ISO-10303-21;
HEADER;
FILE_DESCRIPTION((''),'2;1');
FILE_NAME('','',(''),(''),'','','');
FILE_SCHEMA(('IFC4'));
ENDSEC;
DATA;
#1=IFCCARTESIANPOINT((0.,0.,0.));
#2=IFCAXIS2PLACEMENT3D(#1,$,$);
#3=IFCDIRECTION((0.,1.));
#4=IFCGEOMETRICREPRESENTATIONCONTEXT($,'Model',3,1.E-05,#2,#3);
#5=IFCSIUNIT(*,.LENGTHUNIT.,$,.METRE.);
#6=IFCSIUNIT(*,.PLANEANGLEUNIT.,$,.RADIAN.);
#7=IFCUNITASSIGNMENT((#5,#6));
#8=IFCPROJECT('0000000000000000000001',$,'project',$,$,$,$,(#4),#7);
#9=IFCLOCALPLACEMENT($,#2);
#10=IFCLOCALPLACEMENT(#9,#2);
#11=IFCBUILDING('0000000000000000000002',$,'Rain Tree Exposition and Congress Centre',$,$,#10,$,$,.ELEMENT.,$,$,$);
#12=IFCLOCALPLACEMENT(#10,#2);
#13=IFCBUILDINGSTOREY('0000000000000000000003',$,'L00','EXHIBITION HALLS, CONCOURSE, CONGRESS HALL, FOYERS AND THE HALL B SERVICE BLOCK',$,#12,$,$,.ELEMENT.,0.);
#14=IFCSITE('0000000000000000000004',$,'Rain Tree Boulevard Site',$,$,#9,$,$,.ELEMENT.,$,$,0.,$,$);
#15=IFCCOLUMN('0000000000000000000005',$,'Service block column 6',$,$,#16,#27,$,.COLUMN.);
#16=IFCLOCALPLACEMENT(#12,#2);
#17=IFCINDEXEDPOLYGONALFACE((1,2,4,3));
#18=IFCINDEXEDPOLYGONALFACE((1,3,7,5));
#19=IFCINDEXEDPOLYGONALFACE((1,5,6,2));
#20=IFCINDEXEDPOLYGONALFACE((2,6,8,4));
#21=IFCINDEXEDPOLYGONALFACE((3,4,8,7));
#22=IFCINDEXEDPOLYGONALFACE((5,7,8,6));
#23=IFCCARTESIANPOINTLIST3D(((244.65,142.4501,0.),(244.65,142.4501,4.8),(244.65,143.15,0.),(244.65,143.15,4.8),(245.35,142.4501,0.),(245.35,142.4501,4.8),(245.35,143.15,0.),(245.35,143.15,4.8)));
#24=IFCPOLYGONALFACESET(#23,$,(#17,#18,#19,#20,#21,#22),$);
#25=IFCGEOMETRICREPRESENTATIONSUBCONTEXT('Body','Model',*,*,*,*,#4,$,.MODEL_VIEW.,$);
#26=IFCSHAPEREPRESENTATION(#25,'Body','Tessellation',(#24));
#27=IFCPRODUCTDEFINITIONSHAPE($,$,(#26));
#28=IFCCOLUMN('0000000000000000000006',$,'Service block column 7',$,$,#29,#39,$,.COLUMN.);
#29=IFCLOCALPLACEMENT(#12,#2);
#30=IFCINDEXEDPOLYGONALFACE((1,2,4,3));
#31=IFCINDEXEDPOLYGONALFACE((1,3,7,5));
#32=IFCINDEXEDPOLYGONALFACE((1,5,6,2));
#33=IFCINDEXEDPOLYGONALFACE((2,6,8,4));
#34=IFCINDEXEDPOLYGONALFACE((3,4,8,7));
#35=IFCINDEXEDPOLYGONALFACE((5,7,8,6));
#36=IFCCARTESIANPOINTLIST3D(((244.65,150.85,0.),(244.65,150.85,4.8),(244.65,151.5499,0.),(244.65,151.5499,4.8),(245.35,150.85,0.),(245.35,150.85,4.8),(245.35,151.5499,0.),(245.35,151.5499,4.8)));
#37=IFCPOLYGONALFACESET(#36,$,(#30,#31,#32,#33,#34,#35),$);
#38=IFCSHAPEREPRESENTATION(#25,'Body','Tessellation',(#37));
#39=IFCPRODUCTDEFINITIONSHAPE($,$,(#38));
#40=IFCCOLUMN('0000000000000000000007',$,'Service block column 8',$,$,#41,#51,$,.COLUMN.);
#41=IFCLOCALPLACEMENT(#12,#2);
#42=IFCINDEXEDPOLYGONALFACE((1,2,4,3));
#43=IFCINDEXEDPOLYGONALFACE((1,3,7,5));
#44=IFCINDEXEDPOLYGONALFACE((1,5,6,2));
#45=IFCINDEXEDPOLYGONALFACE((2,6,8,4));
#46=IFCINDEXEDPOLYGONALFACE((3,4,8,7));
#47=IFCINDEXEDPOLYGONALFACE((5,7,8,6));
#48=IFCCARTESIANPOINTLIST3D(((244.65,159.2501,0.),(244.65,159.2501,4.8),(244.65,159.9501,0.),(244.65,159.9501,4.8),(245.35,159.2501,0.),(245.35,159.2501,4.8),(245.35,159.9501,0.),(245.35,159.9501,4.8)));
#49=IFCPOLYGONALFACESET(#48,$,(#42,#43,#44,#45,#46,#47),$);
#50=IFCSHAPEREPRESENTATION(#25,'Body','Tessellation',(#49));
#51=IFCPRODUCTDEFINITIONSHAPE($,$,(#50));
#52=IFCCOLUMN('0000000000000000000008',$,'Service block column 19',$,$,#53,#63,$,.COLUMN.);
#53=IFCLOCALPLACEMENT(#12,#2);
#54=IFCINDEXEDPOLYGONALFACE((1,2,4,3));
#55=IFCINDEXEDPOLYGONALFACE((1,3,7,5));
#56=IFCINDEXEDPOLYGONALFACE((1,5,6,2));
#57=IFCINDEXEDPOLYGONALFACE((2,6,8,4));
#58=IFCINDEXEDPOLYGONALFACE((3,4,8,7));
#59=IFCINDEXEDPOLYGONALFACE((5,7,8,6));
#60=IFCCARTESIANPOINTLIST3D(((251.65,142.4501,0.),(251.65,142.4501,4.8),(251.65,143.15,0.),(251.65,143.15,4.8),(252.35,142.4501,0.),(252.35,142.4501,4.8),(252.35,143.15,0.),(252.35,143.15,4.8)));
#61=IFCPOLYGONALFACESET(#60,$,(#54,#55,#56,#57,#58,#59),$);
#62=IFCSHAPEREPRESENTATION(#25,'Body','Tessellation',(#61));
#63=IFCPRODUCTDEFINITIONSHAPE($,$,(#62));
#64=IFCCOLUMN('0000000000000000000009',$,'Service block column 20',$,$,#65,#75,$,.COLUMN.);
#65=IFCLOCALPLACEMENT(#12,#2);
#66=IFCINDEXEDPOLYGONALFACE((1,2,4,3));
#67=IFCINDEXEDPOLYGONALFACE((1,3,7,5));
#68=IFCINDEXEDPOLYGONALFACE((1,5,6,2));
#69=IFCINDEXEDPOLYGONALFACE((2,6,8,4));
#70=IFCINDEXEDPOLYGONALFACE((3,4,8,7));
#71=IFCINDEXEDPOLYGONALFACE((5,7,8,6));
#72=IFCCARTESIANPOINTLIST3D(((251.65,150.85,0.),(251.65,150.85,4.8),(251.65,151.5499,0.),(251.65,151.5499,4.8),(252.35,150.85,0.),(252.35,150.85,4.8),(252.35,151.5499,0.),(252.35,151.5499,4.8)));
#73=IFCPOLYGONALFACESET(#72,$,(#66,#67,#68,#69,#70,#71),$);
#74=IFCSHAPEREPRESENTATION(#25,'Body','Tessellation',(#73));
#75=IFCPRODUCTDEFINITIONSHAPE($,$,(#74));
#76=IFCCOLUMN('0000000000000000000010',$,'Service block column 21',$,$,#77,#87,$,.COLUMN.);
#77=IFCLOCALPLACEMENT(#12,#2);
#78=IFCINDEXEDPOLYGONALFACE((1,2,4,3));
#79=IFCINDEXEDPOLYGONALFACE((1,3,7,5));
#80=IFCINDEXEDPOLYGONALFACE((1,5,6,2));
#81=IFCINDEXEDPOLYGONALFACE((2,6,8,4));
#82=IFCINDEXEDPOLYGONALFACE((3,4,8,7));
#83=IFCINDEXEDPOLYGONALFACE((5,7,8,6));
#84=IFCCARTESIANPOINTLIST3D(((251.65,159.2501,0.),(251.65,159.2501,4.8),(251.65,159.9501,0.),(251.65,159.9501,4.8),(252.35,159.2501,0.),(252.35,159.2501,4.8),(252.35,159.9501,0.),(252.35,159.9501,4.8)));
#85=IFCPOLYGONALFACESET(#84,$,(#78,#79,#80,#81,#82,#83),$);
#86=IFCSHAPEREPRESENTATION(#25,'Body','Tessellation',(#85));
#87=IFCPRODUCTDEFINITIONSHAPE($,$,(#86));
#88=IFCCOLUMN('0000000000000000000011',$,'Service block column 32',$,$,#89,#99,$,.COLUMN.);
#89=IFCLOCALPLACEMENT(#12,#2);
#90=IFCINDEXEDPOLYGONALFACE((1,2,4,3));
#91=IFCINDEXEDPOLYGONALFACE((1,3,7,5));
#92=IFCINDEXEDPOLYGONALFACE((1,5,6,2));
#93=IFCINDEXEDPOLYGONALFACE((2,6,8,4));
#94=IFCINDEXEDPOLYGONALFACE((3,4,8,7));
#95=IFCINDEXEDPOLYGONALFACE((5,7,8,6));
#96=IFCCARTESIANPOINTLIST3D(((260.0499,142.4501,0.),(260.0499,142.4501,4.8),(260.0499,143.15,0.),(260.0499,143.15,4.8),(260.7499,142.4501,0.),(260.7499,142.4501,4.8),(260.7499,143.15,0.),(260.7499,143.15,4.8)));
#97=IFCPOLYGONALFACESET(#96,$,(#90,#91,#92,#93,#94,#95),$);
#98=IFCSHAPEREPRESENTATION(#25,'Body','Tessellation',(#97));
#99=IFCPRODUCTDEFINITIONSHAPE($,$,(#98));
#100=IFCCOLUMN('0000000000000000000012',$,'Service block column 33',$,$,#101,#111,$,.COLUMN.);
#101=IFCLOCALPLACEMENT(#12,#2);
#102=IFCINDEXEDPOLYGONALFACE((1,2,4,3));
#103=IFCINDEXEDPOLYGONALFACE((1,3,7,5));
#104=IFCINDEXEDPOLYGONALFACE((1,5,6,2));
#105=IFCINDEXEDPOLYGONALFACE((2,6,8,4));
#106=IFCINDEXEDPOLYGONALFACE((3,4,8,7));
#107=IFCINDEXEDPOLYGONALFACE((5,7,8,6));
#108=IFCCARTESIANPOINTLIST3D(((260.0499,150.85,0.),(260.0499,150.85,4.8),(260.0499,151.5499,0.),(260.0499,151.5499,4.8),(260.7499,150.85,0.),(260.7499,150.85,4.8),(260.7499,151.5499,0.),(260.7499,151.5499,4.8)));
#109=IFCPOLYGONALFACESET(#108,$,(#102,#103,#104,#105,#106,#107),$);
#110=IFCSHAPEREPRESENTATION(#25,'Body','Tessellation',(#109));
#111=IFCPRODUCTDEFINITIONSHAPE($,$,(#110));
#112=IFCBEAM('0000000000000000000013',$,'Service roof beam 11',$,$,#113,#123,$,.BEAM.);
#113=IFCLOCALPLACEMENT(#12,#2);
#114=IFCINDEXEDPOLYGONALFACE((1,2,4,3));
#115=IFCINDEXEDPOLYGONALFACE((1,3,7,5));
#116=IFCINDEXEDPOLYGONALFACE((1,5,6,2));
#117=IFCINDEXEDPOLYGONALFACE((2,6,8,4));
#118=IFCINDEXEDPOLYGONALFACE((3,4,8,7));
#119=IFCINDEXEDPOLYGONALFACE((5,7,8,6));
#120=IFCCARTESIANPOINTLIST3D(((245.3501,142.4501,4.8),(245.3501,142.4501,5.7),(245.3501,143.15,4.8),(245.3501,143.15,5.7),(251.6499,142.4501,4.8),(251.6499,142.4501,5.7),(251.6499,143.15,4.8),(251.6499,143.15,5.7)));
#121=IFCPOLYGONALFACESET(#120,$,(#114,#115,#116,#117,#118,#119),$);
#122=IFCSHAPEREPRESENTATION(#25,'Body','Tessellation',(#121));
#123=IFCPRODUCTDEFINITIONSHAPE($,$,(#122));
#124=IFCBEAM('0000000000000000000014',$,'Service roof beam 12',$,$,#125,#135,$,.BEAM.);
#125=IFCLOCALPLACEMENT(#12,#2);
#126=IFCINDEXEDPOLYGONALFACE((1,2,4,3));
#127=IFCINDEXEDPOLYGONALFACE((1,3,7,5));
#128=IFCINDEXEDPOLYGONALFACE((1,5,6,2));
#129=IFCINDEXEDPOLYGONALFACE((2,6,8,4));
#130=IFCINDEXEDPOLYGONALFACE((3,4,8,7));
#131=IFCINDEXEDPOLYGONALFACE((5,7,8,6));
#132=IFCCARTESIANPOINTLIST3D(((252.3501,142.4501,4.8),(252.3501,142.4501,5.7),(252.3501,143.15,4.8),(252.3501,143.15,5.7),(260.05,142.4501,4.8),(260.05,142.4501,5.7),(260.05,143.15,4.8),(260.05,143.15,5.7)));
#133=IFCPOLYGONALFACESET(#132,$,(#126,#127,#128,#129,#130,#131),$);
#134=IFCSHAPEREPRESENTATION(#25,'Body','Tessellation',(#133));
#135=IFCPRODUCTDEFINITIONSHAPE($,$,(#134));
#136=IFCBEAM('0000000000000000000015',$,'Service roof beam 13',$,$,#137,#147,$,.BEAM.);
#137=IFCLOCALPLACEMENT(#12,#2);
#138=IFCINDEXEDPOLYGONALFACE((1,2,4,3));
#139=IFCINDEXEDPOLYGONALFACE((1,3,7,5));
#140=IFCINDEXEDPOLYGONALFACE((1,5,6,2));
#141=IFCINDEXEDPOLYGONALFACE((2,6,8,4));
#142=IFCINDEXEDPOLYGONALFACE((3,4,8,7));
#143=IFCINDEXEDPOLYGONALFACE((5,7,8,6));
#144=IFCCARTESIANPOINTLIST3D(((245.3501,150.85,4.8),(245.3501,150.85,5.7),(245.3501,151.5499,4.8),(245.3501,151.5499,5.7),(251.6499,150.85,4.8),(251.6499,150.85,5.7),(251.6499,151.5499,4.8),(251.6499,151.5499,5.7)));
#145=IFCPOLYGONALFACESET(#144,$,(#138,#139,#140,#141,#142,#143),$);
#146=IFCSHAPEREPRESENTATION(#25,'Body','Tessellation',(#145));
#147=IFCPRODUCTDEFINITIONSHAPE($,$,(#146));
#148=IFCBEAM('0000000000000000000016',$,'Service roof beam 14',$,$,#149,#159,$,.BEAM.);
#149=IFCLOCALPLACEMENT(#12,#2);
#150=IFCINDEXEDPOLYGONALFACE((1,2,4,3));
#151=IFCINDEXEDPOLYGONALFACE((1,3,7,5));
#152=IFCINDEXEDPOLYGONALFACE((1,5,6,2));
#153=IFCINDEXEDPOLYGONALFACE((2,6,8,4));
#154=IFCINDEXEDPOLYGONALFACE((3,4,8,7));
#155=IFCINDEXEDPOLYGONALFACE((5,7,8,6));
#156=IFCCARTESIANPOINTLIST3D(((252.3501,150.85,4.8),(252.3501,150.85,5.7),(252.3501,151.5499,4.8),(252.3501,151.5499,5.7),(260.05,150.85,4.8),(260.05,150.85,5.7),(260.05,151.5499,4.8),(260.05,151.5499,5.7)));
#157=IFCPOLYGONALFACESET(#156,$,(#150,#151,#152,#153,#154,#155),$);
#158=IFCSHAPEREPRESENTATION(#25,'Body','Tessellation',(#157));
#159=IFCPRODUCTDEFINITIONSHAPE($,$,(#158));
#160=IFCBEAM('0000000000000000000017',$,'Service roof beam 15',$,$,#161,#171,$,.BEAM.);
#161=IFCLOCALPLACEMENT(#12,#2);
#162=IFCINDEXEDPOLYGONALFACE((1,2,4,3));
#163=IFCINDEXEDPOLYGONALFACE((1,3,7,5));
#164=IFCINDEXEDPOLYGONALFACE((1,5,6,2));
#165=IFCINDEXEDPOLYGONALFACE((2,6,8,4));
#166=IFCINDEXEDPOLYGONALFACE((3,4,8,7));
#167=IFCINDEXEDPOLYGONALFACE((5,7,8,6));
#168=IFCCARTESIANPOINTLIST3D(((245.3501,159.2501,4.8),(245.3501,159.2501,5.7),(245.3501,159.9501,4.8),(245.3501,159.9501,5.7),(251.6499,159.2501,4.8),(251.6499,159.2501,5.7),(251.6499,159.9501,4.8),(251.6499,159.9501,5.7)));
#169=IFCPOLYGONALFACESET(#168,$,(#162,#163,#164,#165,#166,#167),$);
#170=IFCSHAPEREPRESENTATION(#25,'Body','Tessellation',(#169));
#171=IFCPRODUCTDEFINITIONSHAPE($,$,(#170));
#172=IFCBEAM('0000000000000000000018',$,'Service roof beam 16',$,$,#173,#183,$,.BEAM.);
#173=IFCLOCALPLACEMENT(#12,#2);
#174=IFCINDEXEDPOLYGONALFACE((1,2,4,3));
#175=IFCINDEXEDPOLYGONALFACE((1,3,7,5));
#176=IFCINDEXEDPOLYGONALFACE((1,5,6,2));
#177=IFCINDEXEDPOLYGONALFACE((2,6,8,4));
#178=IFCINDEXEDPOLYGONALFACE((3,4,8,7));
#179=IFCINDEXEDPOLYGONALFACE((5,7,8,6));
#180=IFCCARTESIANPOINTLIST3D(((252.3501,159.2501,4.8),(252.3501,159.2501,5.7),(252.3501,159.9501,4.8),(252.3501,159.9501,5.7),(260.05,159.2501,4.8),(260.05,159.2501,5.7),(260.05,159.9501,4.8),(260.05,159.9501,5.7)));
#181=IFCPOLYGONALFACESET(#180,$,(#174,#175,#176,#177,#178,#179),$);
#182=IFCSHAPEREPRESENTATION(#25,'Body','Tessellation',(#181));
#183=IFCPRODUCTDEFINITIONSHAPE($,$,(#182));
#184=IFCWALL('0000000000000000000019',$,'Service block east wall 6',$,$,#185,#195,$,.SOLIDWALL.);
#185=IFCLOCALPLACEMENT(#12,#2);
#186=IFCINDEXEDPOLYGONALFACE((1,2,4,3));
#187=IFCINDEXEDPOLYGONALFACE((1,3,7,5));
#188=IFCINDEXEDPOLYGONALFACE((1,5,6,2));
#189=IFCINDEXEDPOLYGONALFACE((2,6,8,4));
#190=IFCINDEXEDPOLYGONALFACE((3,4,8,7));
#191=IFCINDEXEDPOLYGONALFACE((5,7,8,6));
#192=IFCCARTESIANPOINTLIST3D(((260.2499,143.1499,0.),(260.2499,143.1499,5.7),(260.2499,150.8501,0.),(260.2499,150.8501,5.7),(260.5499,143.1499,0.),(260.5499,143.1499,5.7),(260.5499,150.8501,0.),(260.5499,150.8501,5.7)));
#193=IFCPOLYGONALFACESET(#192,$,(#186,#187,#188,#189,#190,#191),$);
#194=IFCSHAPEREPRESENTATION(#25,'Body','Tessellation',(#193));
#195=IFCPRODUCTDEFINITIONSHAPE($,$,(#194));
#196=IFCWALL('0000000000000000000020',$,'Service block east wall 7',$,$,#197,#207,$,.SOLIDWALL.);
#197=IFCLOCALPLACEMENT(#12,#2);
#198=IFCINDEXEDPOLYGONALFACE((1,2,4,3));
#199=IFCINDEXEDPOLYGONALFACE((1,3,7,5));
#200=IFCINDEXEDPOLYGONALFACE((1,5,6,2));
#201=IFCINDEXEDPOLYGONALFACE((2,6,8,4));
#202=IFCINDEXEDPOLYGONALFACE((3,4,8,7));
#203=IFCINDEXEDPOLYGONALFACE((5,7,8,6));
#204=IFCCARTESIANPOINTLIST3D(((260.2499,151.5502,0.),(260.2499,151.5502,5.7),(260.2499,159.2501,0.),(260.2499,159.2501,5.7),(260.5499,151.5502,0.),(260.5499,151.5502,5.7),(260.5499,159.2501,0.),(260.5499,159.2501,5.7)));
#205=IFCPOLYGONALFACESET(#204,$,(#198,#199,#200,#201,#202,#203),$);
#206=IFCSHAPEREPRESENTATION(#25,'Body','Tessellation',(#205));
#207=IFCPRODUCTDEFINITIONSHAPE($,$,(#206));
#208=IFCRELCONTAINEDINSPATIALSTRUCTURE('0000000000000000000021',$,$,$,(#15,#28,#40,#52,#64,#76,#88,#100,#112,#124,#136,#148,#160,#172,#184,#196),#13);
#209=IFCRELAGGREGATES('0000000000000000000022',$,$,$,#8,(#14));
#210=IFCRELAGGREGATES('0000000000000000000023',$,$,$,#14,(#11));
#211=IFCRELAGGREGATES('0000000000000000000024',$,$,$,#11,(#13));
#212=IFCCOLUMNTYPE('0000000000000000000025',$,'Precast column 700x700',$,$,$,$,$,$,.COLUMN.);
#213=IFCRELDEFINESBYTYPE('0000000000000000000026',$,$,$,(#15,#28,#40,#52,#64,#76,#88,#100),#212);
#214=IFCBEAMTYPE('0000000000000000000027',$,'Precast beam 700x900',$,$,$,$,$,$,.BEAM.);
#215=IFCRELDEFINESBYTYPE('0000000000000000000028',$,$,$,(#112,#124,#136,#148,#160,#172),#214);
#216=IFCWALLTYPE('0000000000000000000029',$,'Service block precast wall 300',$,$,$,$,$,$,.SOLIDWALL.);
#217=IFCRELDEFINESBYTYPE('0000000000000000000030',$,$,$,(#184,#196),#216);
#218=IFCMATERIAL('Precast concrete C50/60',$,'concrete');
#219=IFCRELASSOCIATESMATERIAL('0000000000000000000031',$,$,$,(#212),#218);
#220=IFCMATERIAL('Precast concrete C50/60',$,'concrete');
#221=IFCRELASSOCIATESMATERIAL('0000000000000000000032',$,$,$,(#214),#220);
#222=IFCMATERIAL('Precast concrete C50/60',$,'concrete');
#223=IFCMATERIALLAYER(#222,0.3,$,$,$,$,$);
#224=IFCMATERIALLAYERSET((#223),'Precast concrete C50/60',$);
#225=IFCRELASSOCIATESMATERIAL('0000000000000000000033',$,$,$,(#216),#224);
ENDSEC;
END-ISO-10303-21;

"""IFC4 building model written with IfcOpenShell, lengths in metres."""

from ifc_helpers import new_model, si_unit, direction, frame, frame_2d, origin, origin_2d, place, context, subcontext, project, spatial, rectangle, extrude, material, layer, layer_set, material_profile, profile_set, type_object, element, save


model = new_model("IFC4")

# Units and contexts
model_context = context("Model", 3, precision=1e-05, world=origin(), true_north=direction((0.0, 1.0)))
body_context = subcontext(model_context, "Body", "Model", "MODEL_VIEW")
ifc_project = project(units=[si_unit("LENGTHUNIT", "METRE"), si_unit("PLANEANGLEUNIT", "RADIAN")], contexts=[model_context])

# Site, building, storey
site_placement = place(None, origin())
site = spatial("IfcSite", under=ifc_project, at=site_placement, Name="Rain Tree Boulevard Site", CompositionType="ELEMENT", RefElevation=0.0)
building_placement = place(site_placement, origin())
building = spatial("IfcBuilding", under=site, at=building_placement, Name="Rain Tree Exposition and Congress Centre", CompositionType="ELEMENT")
storey_placement = place(building_placement, origin())
storey = spatial("IfcBuildingStorey", under=building, at=storey_placement, Name="L00", Description="EXHIBITION HALLS, CONCOURSE, CONGRESS HALL, FOYERS AND THE HALL B SERVICE BLOCK", CompositionType="ELEMENT", Elevation=0.0)

# Columns
ifc_material_1 = material(Name="Precast concrete C50/60", Category="concrete")
ifc_material_profile_1 = material_profile(ifc_material_1, rectangle(XDim=0.7, YDim=0.7, at=origin_2d()), Name="RC 700x700")
ifc_profile_set_1 = profile_set([ifc_material_profile_1], Name="Precast concrete C50/60")
column_type = type_object("IfcColumnType", Name="Precast column 700x700", PredefinedType="COLUMN", material=ifc_profile_set_1)
for number, where, z_axis, x_axis, name in (
    (1, (245.0, 142.8, 0.0), (0.0, 0.0, 1.0), (1.0, 0.0, 0.0), "Service block column 6"),
    (2, (245.0, 151.2, 0.0), (0.0, 0.0, 1.0), (1.0, 0.0, 0.0), "Service block column 7"),
    (3, (245.0, 159.6001, 0.0), (0.0, 0.0, 1.0), (1.0, 0.0, 0.0), "Service block column 8"),
    (4, (252.0, 142.8, 0.0), (0.0, 0.0, 1.0), (1.0, 0.0, 0.0), "Service block column 19"),
    (5, (252.0, 151.2, 0.0), (0.0, 0.0, 1.0), (1.0, 0.0, 0.0), "Service block column 20"),
    (6, (252.0, 159.6001, 0.0), (0.0, 0.0, 1.0), (1.0, 0.0, 0.0), "Service block column 21"),
    (7, (260.3999, 142.8, 0.0), (0.0, 0.0, 1.0), (1.0, 0.0, 0.0), "Service block column 32"),
    (8, (260.3999, 151.2, 0.0), (0.0, 0.0, 1.0), (1.0, 0.0, 0.0), "Service block column 33"),
):
    element("IfcColumn", number, at=place(storey_placement, frame(where, z_axis=z_axis, x_axis=x_axis)), inside=storey, type_object=column_type, Name=name, PredefinedType="COLUMN", context=body_context, shape_type="SweptSolid", body=[
        extrude(rectangle(XDim=0.7, YDim=0.7, at=origin_2d()), origin(), (0.0, 0.0, 1.0), 4.8),
    ])

# Beams
ifc_material_2 = material(Name="Precast concrete C50/60", Category="concrete")
ifc_material_profile_2 = material_profile(ifc_material_2, rectangle(XDim=0.7, YDim=0.8999, at=origin_2d()), Name="RC 700x900")
ifc_profile_set_2 = profile_set([ifc_material_profile_2], Name="Precast concrete C50/60")
beam_type = type_object("IfcBeamType", Name="Precast beam 700x900", PredefinedType="BEAM", material=ifc_profile_set_2)
beam_1_placement = place(storey_placement, frame((245.3501, 142.8, 5.25), z_axis=(1.0, 0.0, 0.0), x_axis=(0.0, 1.0, 0.0)))
element("IfcBeam", 9, at=beam_1_placement, inside=storey, type_object=beam_type, Name="Service roof beam 11", PredefinedType="BEAM", context=body_context, shape_type="SweptSolid", body=[
    extrude(rectangle(XDim=0.7, YDim=0.8999, at=origin_2d()), origin(), (0.0, 0.0, 1.0), 6.2998),
])
beam_2_placement = place(storey_placement, frame((252.3501, 142.8, 5.25), z_axis=(1.0, 0.0, 0.0), x_axis=(0.0, 1.0, 0.0)))
element("IfcBeam", 10, at=beam_2_placement, inside=storey, type_object=beam_type, Name="Service roof beam 12", PredefinedType="BEAM", context=body_context, shape_type="SweptSolid", body=[
    extrude(rectangle(XDim=0.7, YDim=0.8999, at=origin_2d()), origin(), (0.0, 0.0, 1.0), 7.7),
])
beam_3_placement = place(storey_placement, frame((245.3501, 151.2, 5.25), z_axis=(1.0, 0.0, 0.0), x_axis=(0.0, 1.0, 0.0)))
element("IfcBeam", 11, at=beam_3_placement, inside=storey, type_object=beam_type, Name="Service roof beam 13", PredefinedType="BEAM", context=body_context, shape_type="SweptSolid", body=[
    extrude(rectangle(XDim=0.7, YDim=0.8999, at=origin_2d()), origin(), (0.0, 0.0, 1.0), 6.2998),
])
beam_4_placement = place(storey_placement, frame((252.3501, 151.2, 5.25), z_axis=(1.0, 0.0, 0.0), x_axis=(0.0, 1.0, 0.0)))
element("IfcBeam", 12, at=beam_4_placement, inside=storey, type_object=beam_type, Name="Service roof beam 14", PredefinedType="BEAM", context=body_context, shape_type="SweptSolid", body=[
    extrude(rectangle(XDim=0.7, YDim=0.8999, at=origin_2d()), origin(), (0.0, 0.0, 1.0), 7.7),
])
beam_5_placement = place(storey_placement, frame((245.3501, 159.6001, 5.25), z_axis=(1.0, 0.0, 0.0), x_axis=(0.0, 1.0, 0.0)))
element("IfcBeam", 13, at=beam_5_placement, inside=storey, type_object=beam_type, Name="Service roof beam 15", PredefinedType="BEAM", context=body_context, shape_type="SweptSolid", body=[
    extrude(rectangle(XDim=0.7, YDim=0.8999, at=origin_2d()), origin(), (0.0, 0.0, 1.0), 6.2998),
])
beam_6_placement = place(storey_placement, frame((252.3501, 159.6001, 5.25), z_axis=(1.0, 0.0, 0.0), x_axis=(0.0, 1.0, 0.0)))
element("IfcBeam", 14, at=beam_6_placement, inside=storey, type_object=beam_type, Name="Service roof beam 16", PredefinedType="BEAM", context=body_context, shape_type="SweptSolid", body=[
    extrude(rectangle(XDim=0.7, YDim=0.8999, at=origin_2d()), origin(), (0.0, 0.0, 1.0), 7.7),
])

# Walls
ifc_material_3 = material(Name="Precast concrete C50/60", Category="concrete")
ifc_layer_1 = layer(ifc_material_3, 0.3)
ifc_layer_set_1 = layer_set([ifc_layer_1], Name="Precast concrete C50/60")
wall_type_1 = type_object("IfcWallType", Name="Service block precast wall 300", PredefinedType="SOLIDWALL", material=ifc_layer_set_1)
wall_1_placement = place(storey_placement, frame((260.3999, 143.1499, 0.0), z_axis=(0.0, 0.0, 1.0), x_axis=(0.0, 1.0, 0.0)))
element("IfcWall", 15, at=wall_1_placement, inside=storey, type_object=wall_type_1, Name="Service block east wall 6", PredefinedType="SOLIDWALL", context=body_context, shape_type="SweptSolid", body=[
    extrude(rectangle(XDim=7.7002, YDim=0.3, at=frame_2d((3.8501, 0.0))), origin(), (0.0, 0.0, 1.0), 5.7),
])
wall_2_placement = place(storey_placement, frame((260.3999, 151.55, 0.0), z_axis=(0.0, 0.0, 1.0), x_axis=(0.0, 1.0, 0.0)))
element("IfcWall", 16, at=wall_2_placement, inside=storey, type_object=wall_type_1, Name="Service block east wall 7", PredefinedType="SOLIDWALL", context=body_context, shape_type="SweptSolid", body=[
    extrude(rectangle(XDim=7.7, YDim=0.3, at=frame_2d((3.8501, 0.0))), origin(), (0.0, 0.0, 1.0), 5.7),
])

save(model, "model.ifc")
